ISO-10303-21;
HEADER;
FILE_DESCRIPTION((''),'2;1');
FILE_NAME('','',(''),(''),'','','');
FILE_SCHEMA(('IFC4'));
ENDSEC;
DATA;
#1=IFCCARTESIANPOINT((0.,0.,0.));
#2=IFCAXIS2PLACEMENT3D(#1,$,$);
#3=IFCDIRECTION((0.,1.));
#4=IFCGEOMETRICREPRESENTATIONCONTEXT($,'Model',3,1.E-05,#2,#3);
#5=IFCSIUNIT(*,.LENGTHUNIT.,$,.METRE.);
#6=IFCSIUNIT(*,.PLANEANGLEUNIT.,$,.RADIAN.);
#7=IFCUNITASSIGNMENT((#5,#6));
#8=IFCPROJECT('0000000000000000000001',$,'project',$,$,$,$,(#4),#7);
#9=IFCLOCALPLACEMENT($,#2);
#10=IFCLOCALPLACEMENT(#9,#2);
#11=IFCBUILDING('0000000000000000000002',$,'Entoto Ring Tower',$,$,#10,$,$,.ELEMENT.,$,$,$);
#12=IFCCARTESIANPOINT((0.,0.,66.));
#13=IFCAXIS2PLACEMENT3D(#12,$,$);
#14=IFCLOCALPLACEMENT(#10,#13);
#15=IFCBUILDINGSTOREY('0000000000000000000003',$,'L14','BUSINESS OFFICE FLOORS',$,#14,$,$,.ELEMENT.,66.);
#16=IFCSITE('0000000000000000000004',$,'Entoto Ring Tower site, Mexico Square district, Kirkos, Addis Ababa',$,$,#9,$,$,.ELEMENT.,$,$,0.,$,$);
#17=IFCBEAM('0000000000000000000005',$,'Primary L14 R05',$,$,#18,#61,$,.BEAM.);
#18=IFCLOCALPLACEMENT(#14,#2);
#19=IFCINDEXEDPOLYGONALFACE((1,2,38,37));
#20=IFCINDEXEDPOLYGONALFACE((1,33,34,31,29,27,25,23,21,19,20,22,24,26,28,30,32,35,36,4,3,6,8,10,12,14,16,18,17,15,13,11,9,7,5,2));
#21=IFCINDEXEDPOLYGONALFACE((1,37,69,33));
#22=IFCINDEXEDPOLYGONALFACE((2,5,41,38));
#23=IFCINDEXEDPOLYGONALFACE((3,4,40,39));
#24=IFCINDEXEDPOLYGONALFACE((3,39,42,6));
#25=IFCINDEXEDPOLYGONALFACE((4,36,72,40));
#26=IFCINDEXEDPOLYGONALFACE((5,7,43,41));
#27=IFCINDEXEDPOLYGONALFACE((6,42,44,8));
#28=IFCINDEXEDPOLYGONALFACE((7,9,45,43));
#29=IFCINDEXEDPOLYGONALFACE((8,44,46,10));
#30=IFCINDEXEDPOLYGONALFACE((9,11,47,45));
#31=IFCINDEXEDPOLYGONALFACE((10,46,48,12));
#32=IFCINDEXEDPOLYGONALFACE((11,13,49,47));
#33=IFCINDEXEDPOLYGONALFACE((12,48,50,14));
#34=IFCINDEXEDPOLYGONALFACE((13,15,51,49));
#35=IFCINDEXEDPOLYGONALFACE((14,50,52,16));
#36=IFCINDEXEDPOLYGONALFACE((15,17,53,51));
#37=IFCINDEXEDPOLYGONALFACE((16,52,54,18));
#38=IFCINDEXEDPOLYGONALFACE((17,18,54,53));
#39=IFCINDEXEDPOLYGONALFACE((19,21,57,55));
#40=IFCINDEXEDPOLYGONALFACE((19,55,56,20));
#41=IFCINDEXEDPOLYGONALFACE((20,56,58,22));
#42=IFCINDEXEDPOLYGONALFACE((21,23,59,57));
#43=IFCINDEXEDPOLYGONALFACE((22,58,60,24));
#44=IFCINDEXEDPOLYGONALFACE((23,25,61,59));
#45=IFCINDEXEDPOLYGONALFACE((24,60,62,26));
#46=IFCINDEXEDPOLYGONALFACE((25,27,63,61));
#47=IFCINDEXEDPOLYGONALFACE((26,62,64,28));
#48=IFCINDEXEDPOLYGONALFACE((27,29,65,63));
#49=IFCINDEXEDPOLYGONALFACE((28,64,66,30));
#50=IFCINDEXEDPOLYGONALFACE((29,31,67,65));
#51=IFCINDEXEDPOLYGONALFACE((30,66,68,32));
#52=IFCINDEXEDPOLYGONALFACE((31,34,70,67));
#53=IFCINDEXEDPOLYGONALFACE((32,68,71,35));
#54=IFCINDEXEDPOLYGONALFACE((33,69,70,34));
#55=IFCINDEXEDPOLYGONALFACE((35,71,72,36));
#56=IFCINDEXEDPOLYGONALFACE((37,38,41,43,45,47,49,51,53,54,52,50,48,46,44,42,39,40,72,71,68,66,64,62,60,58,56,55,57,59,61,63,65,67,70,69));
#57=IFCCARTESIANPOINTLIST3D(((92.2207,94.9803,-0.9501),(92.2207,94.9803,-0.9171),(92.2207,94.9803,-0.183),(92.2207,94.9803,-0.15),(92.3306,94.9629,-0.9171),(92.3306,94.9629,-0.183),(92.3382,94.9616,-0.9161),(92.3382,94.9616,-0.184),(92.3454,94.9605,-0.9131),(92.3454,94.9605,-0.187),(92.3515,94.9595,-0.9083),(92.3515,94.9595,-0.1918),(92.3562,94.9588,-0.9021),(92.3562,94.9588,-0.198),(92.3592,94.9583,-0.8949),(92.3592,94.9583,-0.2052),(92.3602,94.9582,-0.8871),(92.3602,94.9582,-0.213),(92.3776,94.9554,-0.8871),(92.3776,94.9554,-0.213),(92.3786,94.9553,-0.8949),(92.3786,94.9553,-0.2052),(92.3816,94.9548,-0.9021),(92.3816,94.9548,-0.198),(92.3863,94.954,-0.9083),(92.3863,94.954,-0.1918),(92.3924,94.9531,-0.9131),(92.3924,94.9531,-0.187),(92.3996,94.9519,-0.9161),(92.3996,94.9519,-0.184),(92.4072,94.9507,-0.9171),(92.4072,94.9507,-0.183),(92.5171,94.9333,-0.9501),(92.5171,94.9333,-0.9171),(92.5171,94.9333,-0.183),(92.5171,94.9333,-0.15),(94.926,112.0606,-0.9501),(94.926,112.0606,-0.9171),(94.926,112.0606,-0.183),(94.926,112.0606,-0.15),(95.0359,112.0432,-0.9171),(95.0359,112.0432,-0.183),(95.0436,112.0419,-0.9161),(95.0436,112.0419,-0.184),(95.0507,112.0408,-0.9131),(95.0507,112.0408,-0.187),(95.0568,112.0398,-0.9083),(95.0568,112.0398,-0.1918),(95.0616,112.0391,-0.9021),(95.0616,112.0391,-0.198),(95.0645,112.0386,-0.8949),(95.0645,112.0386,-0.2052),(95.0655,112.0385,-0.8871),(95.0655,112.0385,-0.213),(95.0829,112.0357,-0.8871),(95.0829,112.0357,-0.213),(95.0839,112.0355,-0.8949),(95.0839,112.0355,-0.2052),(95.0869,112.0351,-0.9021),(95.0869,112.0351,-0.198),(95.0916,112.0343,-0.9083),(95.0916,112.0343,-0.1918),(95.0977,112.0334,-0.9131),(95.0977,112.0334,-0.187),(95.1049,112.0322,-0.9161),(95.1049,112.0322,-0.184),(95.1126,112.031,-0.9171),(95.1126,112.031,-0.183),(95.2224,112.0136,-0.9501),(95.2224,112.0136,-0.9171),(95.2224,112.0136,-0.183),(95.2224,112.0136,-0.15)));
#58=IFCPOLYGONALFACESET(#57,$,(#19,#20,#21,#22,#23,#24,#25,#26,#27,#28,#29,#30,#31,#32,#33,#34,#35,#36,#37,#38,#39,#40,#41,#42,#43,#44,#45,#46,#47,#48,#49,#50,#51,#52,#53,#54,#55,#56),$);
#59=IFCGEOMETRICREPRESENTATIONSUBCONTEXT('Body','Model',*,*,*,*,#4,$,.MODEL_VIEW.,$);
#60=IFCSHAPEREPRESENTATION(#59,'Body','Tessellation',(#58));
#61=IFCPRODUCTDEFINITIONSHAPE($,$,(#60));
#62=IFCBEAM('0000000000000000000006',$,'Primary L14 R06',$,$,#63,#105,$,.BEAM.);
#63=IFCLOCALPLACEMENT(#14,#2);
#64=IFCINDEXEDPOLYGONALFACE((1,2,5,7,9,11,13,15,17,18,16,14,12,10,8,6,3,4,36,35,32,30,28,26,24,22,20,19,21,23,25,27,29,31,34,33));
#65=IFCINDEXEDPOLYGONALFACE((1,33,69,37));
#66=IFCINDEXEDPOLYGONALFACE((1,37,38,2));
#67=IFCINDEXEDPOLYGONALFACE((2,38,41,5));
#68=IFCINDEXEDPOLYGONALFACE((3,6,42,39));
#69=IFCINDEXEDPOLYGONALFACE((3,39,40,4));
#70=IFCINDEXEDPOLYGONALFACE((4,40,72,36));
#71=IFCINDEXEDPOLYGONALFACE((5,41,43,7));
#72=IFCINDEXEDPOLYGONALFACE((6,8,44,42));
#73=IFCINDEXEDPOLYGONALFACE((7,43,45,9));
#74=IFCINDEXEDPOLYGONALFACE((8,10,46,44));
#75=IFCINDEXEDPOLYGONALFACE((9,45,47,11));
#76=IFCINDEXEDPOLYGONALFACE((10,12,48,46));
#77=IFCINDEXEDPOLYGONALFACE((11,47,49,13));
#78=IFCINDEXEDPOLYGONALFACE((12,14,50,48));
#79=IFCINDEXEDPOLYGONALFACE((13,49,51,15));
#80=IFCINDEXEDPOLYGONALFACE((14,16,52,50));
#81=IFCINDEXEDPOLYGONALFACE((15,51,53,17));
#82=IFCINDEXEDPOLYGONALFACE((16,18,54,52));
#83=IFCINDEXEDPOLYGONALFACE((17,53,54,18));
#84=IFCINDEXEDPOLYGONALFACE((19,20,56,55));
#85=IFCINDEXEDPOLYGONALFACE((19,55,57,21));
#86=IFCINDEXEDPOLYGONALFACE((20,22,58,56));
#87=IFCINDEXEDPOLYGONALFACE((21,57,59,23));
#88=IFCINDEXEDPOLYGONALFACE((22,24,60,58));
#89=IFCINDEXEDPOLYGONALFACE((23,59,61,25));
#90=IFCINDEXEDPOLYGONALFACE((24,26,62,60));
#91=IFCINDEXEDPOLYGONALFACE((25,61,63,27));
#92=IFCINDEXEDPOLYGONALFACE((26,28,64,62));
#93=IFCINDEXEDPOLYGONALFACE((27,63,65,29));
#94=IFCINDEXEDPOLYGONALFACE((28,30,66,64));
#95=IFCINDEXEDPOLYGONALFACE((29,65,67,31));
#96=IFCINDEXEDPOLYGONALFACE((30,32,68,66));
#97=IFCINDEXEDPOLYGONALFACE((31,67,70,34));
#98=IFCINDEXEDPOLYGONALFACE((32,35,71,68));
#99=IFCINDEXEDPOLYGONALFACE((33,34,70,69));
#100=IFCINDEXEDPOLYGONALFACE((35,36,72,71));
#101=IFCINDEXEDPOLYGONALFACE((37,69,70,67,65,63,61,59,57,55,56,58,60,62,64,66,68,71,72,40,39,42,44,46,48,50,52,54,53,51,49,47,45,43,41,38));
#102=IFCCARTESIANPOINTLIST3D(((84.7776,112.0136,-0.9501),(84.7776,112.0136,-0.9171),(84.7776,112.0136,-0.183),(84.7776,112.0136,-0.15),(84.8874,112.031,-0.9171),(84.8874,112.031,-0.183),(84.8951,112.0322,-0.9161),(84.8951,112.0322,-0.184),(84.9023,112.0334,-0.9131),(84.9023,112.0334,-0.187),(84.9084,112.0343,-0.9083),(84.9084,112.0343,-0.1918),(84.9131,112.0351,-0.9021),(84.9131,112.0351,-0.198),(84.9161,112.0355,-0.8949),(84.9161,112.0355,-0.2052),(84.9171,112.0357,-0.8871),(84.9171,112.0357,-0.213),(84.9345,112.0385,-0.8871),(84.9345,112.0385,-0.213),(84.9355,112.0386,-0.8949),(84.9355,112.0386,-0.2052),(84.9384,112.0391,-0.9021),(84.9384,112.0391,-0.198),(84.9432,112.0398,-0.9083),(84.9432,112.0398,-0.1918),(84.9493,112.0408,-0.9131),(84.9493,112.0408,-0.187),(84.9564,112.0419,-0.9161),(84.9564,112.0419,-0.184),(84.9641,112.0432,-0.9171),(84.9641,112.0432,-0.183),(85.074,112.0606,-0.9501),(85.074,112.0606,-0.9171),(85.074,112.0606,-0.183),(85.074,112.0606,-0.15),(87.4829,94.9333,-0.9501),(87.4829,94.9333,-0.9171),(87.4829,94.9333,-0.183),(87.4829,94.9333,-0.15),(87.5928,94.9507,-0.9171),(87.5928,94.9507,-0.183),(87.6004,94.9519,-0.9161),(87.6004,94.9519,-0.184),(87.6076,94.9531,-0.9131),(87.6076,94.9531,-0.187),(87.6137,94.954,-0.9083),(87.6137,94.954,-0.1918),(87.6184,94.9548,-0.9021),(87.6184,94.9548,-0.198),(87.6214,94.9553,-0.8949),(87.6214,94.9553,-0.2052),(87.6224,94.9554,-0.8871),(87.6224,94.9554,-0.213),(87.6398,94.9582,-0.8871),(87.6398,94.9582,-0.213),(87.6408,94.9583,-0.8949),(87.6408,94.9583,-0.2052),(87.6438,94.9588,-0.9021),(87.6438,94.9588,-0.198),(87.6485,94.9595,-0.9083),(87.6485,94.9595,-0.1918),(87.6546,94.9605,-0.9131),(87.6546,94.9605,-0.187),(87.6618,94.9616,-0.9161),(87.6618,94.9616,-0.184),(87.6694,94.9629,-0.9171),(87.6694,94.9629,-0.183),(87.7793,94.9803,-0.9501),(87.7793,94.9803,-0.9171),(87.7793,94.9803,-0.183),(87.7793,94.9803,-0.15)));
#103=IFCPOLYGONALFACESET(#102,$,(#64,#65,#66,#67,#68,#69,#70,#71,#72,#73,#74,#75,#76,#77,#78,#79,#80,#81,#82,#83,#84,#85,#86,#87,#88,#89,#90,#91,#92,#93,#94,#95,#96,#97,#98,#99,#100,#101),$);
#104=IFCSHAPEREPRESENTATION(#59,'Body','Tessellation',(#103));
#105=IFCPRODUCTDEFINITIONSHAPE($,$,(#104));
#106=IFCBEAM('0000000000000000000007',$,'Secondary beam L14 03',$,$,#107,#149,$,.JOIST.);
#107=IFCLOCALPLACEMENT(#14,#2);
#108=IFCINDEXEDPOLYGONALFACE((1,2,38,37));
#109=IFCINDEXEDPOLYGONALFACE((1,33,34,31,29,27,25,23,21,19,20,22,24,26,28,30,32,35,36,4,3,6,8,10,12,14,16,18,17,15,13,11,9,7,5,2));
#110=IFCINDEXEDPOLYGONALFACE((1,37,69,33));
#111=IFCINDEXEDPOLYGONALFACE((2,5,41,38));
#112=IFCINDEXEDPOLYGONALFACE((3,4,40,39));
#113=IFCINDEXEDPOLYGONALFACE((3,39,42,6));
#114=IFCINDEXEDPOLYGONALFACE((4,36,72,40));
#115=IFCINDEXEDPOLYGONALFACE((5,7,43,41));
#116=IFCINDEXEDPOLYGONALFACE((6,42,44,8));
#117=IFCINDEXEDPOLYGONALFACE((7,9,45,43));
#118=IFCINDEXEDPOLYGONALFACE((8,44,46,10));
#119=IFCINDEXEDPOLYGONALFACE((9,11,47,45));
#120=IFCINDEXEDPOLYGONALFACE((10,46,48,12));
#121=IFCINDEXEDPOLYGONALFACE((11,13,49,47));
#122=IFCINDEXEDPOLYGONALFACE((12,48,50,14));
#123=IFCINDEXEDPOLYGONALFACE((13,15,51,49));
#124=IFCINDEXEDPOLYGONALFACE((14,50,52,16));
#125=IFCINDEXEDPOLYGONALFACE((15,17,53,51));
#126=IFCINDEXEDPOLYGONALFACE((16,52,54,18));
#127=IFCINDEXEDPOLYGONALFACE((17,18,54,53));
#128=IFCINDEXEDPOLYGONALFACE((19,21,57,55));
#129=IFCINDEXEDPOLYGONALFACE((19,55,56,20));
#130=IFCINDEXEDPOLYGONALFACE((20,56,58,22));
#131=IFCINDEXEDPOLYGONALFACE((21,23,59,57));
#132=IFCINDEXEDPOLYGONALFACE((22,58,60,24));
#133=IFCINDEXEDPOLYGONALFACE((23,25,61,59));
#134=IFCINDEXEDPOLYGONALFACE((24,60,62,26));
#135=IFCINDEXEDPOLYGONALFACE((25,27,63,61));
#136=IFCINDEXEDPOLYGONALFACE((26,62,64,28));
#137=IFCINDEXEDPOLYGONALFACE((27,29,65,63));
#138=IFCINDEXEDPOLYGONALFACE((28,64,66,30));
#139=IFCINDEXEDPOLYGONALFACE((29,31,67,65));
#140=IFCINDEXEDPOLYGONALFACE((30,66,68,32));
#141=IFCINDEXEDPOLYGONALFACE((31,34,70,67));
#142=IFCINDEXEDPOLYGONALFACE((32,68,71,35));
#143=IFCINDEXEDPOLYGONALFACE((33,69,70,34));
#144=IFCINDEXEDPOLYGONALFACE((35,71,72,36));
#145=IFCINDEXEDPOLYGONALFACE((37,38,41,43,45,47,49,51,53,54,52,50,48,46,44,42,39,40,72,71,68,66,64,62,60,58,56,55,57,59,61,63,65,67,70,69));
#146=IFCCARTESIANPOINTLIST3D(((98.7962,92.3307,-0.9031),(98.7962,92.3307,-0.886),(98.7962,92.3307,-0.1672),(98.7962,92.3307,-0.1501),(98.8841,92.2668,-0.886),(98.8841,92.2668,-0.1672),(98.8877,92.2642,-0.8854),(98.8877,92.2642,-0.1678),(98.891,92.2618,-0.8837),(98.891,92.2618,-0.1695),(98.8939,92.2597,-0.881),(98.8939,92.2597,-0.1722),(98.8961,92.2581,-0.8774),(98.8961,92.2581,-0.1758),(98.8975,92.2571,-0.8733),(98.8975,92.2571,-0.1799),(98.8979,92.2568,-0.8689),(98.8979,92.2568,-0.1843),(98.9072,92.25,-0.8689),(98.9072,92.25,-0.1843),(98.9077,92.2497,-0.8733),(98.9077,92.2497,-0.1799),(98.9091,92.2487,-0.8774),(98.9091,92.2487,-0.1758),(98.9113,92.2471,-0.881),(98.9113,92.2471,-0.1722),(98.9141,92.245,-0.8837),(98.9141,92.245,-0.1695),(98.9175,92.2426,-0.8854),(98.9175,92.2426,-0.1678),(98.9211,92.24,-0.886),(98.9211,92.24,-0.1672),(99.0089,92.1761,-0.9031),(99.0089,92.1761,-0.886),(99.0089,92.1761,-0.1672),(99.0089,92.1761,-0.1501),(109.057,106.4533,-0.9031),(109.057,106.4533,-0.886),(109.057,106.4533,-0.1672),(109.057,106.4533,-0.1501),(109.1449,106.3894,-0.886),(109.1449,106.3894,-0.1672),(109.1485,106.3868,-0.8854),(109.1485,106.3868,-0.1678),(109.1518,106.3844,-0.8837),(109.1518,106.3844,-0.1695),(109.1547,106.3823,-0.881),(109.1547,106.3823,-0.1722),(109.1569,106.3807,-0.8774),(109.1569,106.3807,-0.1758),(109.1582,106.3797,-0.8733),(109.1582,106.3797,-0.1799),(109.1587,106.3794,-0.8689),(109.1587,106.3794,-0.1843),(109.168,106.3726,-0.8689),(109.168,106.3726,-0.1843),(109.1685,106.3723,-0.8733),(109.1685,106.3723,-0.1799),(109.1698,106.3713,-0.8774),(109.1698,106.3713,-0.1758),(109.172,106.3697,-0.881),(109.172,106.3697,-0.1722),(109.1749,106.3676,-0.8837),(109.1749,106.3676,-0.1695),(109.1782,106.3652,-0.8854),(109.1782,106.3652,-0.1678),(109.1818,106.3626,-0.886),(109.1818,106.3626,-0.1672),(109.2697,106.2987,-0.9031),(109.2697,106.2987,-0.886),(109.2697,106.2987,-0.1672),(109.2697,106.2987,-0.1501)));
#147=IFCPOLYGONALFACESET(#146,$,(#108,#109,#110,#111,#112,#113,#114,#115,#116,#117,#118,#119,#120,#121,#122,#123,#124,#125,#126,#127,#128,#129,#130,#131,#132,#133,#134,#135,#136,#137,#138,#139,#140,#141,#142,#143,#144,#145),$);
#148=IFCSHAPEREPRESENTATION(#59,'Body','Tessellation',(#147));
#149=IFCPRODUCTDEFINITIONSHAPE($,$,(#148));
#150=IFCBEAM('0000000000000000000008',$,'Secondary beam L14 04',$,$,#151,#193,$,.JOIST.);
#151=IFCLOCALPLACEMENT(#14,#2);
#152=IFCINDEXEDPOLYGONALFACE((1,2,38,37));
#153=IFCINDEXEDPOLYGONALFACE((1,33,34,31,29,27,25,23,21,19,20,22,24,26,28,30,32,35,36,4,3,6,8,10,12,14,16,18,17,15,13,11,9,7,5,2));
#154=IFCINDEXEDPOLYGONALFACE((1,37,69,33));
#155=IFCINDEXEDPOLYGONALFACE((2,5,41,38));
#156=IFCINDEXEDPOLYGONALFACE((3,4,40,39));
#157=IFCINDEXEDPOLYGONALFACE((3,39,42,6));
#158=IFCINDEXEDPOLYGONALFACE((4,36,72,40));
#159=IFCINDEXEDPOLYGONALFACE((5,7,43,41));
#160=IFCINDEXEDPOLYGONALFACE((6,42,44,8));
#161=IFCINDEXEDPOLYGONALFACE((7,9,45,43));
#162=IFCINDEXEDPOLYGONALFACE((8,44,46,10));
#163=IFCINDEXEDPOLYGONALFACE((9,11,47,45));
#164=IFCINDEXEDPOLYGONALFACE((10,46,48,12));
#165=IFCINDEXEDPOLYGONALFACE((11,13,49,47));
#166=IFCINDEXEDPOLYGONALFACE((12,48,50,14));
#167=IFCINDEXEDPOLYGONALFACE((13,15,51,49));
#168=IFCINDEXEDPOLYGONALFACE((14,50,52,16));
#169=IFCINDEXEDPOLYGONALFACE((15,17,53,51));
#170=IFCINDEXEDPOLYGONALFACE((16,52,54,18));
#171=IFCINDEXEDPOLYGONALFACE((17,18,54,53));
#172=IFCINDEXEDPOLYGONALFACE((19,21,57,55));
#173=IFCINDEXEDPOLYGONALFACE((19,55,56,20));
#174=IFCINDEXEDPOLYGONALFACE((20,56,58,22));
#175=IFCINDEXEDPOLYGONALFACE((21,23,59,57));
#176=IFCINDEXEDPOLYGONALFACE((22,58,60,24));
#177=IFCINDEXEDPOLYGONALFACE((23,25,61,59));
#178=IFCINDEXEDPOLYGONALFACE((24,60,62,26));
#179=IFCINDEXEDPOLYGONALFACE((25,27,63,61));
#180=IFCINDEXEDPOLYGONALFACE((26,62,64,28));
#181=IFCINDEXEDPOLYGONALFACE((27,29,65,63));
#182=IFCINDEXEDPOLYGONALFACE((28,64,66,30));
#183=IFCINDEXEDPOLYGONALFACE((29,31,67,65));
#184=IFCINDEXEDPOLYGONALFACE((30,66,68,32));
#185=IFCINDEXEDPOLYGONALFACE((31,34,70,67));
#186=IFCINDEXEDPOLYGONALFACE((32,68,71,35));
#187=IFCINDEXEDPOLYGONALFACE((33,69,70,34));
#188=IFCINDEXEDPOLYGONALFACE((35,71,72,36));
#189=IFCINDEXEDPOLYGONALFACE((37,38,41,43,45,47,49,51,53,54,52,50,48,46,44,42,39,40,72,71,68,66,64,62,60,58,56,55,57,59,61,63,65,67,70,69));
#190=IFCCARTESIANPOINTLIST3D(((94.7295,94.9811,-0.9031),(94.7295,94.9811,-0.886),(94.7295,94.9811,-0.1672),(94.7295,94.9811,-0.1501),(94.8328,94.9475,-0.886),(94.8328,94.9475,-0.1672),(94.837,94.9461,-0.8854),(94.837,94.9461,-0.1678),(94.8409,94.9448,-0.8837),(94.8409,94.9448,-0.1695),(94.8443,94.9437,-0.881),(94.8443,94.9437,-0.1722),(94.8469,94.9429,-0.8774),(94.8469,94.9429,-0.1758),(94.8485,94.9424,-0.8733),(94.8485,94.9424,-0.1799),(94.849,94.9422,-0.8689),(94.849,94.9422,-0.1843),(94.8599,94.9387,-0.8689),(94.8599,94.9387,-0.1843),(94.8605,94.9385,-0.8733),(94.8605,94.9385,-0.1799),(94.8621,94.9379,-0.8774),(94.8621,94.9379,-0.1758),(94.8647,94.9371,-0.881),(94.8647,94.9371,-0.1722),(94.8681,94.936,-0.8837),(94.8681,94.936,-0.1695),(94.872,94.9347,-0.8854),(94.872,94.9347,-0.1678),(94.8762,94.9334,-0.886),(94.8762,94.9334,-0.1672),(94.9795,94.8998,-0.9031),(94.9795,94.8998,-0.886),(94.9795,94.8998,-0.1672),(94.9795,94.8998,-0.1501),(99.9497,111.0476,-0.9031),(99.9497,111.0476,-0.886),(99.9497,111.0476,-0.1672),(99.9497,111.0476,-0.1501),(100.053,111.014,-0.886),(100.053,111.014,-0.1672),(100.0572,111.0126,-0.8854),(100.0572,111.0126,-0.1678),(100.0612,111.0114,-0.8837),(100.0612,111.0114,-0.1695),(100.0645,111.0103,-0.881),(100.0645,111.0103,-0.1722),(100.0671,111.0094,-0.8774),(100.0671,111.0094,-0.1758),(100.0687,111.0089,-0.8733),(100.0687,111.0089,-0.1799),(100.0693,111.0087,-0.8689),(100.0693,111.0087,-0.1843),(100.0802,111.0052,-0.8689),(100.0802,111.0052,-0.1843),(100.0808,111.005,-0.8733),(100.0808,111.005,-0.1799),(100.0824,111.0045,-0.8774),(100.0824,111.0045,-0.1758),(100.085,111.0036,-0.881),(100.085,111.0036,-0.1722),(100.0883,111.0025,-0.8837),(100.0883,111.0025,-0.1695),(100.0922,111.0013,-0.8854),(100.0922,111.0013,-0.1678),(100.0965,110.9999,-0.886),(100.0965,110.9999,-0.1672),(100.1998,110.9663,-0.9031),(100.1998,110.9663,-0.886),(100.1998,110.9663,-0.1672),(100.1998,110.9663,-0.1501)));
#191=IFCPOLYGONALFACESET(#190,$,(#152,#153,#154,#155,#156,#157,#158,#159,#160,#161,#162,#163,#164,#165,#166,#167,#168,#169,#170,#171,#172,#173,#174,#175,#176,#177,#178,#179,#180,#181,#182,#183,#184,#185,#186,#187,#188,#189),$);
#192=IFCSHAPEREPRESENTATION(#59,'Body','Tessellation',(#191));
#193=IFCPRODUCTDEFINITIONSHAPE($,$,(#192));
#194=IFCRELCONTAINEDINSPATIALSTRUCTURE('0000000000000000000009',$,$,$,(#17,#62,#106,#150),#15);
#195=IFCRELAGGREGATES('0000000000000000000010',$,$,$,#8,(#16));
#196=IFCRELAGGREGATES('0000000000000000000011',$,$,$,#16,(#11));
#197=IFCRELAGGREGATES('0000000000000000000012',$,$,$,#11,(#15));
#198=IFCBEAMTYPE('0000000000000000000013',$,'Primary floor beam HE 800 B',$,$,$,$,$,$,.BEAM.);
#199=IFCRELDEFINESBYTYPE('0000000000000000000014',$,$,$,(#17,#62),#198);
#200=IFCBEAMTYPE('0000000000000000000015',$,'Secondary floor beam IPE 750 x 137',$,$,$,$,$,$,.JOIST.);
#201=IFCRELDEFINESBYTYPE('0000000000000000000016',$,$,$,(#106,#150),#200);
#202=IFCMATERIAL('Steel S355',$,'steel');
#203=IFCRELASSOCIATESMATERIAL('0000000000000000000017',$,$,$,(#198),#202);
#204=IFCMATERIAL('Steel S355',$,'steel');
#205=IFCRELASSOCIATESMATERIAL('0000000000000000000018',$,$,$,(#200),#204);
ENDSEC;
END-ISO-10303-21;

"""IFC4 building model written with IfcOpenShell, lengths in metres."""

from ifc_helpers import new_model, si_unit, direction, frame, origin, origin_2d, place, context, subcontext, project, spatial, i_section, extrude, material, material_profile, profile_set, type_object, element, save


model = new_model("IFC4")

# Units and contexts
model_context = context("Model", 3, precision=1e-05, world=origin(), true_north=direction((0.0, 1.0)))
body_context = subcontext(model_context, "Body", "Model", "MODEL_VIEW")
ifc_project = project(units=[si_unit("LENGTHUNIT", "METRE"), si_unit("PLANEANGLEUNIT", "RADIAN")], contexts=[model_context])

# Site, building, storey
site_placement = place(None, origin())
site = spatial("IfcSite", under=ifc_project, at=site_placement, Name="Entoto Ring Tower site, Mexico Square district, Kirkos, Addis Ababa", CompositionType="ELEMENT", RefElevation=0.0)
building_placement = place(site_placement, origin())
building = spatial("IfcBuilding", under=site, at=building_placement, Name="Entoto Ring Tower", CompositionType="ELEMENT")
storey_placement = place(building_placement, frame((0.0, 0.0, 66.0)))
storey = spatial("IfcBuildingStorey", under=building, at=storey_placement, Name="L14", Description="BUSINESS OFFICE FLOORS", CompositionType="ELEMENT", Elevation=66.0)

# Beams
ifc_material_1 = material(Name="Steel S355", Category="steel")
ifc_material_profile_1 = material_profile(ifc_material_1, i_section(OverallWidth=0.3, OverallDepth=0.8, WebThickness=0.0176, FlangeThickness=0.033, FilletRadius=0.03, at=origin_2d()), Name="HE 800 B")
ifc_profile_set_1 = profile_set([ifc_material_profile_1], Name="Steel S355")
beam_type_1 = type_object("IfcBeamType", Name="Primary floor beam HE 800 B", PredefinedType="BEAM", material=ifc_profile_set_1)
for number, where, z_axis, x_axis, name in (
    (1, (92.3689, 94.9568, -0.55), (0.156438, 0.987688, 0.0), (-0.987688, 0.156438, 0.0), "Primary L14 R05"),
    (2, (87.6311, 94.9568, -0.55), (-0.156438, 0.987688, 0.0), (-0.987688, -0.156438, 0.0), "Primary L14 R06"),
):
    element("IfcBeam", number, at=place(storey_placement, frame(where, z_axis=z_axis, x_axis=x_axis)), inside=storey, type_object=beam_type_1, Name=name, PredefinedType="BEAM", context=body_context, shape_type="SweptSolid", body=[
        extrude(i_section(OverallWidth=0.3, OverallDepth=0.8, WebThickness=0.0176, FlangeThickness=0.033, FilletRadius=0.03, at=origin_2d()), origin(), (0.0, 0.0, 1.0), 17.2932),
    ])
ifc_material_2 = material(Name="Steel S355", Category="steel")
ifc_material_profile_2 = material_profile(ifc_material_2, i_section(OverallWidth=0.2629, OverallDepth=0.7529, WebThickness=0.0115, FlangeThickness=0.0171, FilletRadius=0.0171, at=origin_2d()), Name="IPE 750 x 137")
ifc_profile_set_2 = profile_set([ifc_material_profile_2], Name="Steel S355")
beam_type_2 = type_object("IfcBeamType", Name="Secondary floor beam IPE 750 x 137", PredefinedType="JOIST", material=ifc_profile_set_2)
beam_1_placement = place(storey_placement, frame((98.9026, 92.2534, -0.5266), z_axis=(0.587789, 0.809014, 0.0), x_axis=(-0.809014, 0.587789, 0.0)))
element("IfcBeam", 3, at=beam_1_placement, inside=storey, type_object=beam_type_2, Name="Secondary beam L14 03", PredefinedType="JOIST", context=body_context, shape_type="SweptSolid", body=[
    extrude(i_section(OverallWidth=0.2629, OverallDepth=0.7529, WebThickness=0.0115, FlangeThickness=0.0171, FilletRadius=0.0171, at=origin_2d()), origin(), (0.0, 0.0, 1.0), 17.4565),
])
beam_2_placement = place(storey_placement, frame((94.8545, 94.9404, -0.5266), z_axis=(0.309013, 0.951058, 0.0), x_axis=(-0.951058, 0.309013, 0.0)))
element("IfcBeam", 4, at=beam_2_placement, inside=storey, type_object=beam_type_2, Name="Secondary beam L14 04", PredefinedType="JOIST", context=body_context, shape_type="SweptSolid", body=[
    extrude(i_section(OverallWidth=0.2629, OverallDepth=0.7529, WebThickness=0.0115, FlangeThickness=0.0171, FilletRadius=0.0171, at=origin_2d()), origin(), (0.0, 0.0, 1.0), 16.8933),
])

save(model, "model.ifc")
